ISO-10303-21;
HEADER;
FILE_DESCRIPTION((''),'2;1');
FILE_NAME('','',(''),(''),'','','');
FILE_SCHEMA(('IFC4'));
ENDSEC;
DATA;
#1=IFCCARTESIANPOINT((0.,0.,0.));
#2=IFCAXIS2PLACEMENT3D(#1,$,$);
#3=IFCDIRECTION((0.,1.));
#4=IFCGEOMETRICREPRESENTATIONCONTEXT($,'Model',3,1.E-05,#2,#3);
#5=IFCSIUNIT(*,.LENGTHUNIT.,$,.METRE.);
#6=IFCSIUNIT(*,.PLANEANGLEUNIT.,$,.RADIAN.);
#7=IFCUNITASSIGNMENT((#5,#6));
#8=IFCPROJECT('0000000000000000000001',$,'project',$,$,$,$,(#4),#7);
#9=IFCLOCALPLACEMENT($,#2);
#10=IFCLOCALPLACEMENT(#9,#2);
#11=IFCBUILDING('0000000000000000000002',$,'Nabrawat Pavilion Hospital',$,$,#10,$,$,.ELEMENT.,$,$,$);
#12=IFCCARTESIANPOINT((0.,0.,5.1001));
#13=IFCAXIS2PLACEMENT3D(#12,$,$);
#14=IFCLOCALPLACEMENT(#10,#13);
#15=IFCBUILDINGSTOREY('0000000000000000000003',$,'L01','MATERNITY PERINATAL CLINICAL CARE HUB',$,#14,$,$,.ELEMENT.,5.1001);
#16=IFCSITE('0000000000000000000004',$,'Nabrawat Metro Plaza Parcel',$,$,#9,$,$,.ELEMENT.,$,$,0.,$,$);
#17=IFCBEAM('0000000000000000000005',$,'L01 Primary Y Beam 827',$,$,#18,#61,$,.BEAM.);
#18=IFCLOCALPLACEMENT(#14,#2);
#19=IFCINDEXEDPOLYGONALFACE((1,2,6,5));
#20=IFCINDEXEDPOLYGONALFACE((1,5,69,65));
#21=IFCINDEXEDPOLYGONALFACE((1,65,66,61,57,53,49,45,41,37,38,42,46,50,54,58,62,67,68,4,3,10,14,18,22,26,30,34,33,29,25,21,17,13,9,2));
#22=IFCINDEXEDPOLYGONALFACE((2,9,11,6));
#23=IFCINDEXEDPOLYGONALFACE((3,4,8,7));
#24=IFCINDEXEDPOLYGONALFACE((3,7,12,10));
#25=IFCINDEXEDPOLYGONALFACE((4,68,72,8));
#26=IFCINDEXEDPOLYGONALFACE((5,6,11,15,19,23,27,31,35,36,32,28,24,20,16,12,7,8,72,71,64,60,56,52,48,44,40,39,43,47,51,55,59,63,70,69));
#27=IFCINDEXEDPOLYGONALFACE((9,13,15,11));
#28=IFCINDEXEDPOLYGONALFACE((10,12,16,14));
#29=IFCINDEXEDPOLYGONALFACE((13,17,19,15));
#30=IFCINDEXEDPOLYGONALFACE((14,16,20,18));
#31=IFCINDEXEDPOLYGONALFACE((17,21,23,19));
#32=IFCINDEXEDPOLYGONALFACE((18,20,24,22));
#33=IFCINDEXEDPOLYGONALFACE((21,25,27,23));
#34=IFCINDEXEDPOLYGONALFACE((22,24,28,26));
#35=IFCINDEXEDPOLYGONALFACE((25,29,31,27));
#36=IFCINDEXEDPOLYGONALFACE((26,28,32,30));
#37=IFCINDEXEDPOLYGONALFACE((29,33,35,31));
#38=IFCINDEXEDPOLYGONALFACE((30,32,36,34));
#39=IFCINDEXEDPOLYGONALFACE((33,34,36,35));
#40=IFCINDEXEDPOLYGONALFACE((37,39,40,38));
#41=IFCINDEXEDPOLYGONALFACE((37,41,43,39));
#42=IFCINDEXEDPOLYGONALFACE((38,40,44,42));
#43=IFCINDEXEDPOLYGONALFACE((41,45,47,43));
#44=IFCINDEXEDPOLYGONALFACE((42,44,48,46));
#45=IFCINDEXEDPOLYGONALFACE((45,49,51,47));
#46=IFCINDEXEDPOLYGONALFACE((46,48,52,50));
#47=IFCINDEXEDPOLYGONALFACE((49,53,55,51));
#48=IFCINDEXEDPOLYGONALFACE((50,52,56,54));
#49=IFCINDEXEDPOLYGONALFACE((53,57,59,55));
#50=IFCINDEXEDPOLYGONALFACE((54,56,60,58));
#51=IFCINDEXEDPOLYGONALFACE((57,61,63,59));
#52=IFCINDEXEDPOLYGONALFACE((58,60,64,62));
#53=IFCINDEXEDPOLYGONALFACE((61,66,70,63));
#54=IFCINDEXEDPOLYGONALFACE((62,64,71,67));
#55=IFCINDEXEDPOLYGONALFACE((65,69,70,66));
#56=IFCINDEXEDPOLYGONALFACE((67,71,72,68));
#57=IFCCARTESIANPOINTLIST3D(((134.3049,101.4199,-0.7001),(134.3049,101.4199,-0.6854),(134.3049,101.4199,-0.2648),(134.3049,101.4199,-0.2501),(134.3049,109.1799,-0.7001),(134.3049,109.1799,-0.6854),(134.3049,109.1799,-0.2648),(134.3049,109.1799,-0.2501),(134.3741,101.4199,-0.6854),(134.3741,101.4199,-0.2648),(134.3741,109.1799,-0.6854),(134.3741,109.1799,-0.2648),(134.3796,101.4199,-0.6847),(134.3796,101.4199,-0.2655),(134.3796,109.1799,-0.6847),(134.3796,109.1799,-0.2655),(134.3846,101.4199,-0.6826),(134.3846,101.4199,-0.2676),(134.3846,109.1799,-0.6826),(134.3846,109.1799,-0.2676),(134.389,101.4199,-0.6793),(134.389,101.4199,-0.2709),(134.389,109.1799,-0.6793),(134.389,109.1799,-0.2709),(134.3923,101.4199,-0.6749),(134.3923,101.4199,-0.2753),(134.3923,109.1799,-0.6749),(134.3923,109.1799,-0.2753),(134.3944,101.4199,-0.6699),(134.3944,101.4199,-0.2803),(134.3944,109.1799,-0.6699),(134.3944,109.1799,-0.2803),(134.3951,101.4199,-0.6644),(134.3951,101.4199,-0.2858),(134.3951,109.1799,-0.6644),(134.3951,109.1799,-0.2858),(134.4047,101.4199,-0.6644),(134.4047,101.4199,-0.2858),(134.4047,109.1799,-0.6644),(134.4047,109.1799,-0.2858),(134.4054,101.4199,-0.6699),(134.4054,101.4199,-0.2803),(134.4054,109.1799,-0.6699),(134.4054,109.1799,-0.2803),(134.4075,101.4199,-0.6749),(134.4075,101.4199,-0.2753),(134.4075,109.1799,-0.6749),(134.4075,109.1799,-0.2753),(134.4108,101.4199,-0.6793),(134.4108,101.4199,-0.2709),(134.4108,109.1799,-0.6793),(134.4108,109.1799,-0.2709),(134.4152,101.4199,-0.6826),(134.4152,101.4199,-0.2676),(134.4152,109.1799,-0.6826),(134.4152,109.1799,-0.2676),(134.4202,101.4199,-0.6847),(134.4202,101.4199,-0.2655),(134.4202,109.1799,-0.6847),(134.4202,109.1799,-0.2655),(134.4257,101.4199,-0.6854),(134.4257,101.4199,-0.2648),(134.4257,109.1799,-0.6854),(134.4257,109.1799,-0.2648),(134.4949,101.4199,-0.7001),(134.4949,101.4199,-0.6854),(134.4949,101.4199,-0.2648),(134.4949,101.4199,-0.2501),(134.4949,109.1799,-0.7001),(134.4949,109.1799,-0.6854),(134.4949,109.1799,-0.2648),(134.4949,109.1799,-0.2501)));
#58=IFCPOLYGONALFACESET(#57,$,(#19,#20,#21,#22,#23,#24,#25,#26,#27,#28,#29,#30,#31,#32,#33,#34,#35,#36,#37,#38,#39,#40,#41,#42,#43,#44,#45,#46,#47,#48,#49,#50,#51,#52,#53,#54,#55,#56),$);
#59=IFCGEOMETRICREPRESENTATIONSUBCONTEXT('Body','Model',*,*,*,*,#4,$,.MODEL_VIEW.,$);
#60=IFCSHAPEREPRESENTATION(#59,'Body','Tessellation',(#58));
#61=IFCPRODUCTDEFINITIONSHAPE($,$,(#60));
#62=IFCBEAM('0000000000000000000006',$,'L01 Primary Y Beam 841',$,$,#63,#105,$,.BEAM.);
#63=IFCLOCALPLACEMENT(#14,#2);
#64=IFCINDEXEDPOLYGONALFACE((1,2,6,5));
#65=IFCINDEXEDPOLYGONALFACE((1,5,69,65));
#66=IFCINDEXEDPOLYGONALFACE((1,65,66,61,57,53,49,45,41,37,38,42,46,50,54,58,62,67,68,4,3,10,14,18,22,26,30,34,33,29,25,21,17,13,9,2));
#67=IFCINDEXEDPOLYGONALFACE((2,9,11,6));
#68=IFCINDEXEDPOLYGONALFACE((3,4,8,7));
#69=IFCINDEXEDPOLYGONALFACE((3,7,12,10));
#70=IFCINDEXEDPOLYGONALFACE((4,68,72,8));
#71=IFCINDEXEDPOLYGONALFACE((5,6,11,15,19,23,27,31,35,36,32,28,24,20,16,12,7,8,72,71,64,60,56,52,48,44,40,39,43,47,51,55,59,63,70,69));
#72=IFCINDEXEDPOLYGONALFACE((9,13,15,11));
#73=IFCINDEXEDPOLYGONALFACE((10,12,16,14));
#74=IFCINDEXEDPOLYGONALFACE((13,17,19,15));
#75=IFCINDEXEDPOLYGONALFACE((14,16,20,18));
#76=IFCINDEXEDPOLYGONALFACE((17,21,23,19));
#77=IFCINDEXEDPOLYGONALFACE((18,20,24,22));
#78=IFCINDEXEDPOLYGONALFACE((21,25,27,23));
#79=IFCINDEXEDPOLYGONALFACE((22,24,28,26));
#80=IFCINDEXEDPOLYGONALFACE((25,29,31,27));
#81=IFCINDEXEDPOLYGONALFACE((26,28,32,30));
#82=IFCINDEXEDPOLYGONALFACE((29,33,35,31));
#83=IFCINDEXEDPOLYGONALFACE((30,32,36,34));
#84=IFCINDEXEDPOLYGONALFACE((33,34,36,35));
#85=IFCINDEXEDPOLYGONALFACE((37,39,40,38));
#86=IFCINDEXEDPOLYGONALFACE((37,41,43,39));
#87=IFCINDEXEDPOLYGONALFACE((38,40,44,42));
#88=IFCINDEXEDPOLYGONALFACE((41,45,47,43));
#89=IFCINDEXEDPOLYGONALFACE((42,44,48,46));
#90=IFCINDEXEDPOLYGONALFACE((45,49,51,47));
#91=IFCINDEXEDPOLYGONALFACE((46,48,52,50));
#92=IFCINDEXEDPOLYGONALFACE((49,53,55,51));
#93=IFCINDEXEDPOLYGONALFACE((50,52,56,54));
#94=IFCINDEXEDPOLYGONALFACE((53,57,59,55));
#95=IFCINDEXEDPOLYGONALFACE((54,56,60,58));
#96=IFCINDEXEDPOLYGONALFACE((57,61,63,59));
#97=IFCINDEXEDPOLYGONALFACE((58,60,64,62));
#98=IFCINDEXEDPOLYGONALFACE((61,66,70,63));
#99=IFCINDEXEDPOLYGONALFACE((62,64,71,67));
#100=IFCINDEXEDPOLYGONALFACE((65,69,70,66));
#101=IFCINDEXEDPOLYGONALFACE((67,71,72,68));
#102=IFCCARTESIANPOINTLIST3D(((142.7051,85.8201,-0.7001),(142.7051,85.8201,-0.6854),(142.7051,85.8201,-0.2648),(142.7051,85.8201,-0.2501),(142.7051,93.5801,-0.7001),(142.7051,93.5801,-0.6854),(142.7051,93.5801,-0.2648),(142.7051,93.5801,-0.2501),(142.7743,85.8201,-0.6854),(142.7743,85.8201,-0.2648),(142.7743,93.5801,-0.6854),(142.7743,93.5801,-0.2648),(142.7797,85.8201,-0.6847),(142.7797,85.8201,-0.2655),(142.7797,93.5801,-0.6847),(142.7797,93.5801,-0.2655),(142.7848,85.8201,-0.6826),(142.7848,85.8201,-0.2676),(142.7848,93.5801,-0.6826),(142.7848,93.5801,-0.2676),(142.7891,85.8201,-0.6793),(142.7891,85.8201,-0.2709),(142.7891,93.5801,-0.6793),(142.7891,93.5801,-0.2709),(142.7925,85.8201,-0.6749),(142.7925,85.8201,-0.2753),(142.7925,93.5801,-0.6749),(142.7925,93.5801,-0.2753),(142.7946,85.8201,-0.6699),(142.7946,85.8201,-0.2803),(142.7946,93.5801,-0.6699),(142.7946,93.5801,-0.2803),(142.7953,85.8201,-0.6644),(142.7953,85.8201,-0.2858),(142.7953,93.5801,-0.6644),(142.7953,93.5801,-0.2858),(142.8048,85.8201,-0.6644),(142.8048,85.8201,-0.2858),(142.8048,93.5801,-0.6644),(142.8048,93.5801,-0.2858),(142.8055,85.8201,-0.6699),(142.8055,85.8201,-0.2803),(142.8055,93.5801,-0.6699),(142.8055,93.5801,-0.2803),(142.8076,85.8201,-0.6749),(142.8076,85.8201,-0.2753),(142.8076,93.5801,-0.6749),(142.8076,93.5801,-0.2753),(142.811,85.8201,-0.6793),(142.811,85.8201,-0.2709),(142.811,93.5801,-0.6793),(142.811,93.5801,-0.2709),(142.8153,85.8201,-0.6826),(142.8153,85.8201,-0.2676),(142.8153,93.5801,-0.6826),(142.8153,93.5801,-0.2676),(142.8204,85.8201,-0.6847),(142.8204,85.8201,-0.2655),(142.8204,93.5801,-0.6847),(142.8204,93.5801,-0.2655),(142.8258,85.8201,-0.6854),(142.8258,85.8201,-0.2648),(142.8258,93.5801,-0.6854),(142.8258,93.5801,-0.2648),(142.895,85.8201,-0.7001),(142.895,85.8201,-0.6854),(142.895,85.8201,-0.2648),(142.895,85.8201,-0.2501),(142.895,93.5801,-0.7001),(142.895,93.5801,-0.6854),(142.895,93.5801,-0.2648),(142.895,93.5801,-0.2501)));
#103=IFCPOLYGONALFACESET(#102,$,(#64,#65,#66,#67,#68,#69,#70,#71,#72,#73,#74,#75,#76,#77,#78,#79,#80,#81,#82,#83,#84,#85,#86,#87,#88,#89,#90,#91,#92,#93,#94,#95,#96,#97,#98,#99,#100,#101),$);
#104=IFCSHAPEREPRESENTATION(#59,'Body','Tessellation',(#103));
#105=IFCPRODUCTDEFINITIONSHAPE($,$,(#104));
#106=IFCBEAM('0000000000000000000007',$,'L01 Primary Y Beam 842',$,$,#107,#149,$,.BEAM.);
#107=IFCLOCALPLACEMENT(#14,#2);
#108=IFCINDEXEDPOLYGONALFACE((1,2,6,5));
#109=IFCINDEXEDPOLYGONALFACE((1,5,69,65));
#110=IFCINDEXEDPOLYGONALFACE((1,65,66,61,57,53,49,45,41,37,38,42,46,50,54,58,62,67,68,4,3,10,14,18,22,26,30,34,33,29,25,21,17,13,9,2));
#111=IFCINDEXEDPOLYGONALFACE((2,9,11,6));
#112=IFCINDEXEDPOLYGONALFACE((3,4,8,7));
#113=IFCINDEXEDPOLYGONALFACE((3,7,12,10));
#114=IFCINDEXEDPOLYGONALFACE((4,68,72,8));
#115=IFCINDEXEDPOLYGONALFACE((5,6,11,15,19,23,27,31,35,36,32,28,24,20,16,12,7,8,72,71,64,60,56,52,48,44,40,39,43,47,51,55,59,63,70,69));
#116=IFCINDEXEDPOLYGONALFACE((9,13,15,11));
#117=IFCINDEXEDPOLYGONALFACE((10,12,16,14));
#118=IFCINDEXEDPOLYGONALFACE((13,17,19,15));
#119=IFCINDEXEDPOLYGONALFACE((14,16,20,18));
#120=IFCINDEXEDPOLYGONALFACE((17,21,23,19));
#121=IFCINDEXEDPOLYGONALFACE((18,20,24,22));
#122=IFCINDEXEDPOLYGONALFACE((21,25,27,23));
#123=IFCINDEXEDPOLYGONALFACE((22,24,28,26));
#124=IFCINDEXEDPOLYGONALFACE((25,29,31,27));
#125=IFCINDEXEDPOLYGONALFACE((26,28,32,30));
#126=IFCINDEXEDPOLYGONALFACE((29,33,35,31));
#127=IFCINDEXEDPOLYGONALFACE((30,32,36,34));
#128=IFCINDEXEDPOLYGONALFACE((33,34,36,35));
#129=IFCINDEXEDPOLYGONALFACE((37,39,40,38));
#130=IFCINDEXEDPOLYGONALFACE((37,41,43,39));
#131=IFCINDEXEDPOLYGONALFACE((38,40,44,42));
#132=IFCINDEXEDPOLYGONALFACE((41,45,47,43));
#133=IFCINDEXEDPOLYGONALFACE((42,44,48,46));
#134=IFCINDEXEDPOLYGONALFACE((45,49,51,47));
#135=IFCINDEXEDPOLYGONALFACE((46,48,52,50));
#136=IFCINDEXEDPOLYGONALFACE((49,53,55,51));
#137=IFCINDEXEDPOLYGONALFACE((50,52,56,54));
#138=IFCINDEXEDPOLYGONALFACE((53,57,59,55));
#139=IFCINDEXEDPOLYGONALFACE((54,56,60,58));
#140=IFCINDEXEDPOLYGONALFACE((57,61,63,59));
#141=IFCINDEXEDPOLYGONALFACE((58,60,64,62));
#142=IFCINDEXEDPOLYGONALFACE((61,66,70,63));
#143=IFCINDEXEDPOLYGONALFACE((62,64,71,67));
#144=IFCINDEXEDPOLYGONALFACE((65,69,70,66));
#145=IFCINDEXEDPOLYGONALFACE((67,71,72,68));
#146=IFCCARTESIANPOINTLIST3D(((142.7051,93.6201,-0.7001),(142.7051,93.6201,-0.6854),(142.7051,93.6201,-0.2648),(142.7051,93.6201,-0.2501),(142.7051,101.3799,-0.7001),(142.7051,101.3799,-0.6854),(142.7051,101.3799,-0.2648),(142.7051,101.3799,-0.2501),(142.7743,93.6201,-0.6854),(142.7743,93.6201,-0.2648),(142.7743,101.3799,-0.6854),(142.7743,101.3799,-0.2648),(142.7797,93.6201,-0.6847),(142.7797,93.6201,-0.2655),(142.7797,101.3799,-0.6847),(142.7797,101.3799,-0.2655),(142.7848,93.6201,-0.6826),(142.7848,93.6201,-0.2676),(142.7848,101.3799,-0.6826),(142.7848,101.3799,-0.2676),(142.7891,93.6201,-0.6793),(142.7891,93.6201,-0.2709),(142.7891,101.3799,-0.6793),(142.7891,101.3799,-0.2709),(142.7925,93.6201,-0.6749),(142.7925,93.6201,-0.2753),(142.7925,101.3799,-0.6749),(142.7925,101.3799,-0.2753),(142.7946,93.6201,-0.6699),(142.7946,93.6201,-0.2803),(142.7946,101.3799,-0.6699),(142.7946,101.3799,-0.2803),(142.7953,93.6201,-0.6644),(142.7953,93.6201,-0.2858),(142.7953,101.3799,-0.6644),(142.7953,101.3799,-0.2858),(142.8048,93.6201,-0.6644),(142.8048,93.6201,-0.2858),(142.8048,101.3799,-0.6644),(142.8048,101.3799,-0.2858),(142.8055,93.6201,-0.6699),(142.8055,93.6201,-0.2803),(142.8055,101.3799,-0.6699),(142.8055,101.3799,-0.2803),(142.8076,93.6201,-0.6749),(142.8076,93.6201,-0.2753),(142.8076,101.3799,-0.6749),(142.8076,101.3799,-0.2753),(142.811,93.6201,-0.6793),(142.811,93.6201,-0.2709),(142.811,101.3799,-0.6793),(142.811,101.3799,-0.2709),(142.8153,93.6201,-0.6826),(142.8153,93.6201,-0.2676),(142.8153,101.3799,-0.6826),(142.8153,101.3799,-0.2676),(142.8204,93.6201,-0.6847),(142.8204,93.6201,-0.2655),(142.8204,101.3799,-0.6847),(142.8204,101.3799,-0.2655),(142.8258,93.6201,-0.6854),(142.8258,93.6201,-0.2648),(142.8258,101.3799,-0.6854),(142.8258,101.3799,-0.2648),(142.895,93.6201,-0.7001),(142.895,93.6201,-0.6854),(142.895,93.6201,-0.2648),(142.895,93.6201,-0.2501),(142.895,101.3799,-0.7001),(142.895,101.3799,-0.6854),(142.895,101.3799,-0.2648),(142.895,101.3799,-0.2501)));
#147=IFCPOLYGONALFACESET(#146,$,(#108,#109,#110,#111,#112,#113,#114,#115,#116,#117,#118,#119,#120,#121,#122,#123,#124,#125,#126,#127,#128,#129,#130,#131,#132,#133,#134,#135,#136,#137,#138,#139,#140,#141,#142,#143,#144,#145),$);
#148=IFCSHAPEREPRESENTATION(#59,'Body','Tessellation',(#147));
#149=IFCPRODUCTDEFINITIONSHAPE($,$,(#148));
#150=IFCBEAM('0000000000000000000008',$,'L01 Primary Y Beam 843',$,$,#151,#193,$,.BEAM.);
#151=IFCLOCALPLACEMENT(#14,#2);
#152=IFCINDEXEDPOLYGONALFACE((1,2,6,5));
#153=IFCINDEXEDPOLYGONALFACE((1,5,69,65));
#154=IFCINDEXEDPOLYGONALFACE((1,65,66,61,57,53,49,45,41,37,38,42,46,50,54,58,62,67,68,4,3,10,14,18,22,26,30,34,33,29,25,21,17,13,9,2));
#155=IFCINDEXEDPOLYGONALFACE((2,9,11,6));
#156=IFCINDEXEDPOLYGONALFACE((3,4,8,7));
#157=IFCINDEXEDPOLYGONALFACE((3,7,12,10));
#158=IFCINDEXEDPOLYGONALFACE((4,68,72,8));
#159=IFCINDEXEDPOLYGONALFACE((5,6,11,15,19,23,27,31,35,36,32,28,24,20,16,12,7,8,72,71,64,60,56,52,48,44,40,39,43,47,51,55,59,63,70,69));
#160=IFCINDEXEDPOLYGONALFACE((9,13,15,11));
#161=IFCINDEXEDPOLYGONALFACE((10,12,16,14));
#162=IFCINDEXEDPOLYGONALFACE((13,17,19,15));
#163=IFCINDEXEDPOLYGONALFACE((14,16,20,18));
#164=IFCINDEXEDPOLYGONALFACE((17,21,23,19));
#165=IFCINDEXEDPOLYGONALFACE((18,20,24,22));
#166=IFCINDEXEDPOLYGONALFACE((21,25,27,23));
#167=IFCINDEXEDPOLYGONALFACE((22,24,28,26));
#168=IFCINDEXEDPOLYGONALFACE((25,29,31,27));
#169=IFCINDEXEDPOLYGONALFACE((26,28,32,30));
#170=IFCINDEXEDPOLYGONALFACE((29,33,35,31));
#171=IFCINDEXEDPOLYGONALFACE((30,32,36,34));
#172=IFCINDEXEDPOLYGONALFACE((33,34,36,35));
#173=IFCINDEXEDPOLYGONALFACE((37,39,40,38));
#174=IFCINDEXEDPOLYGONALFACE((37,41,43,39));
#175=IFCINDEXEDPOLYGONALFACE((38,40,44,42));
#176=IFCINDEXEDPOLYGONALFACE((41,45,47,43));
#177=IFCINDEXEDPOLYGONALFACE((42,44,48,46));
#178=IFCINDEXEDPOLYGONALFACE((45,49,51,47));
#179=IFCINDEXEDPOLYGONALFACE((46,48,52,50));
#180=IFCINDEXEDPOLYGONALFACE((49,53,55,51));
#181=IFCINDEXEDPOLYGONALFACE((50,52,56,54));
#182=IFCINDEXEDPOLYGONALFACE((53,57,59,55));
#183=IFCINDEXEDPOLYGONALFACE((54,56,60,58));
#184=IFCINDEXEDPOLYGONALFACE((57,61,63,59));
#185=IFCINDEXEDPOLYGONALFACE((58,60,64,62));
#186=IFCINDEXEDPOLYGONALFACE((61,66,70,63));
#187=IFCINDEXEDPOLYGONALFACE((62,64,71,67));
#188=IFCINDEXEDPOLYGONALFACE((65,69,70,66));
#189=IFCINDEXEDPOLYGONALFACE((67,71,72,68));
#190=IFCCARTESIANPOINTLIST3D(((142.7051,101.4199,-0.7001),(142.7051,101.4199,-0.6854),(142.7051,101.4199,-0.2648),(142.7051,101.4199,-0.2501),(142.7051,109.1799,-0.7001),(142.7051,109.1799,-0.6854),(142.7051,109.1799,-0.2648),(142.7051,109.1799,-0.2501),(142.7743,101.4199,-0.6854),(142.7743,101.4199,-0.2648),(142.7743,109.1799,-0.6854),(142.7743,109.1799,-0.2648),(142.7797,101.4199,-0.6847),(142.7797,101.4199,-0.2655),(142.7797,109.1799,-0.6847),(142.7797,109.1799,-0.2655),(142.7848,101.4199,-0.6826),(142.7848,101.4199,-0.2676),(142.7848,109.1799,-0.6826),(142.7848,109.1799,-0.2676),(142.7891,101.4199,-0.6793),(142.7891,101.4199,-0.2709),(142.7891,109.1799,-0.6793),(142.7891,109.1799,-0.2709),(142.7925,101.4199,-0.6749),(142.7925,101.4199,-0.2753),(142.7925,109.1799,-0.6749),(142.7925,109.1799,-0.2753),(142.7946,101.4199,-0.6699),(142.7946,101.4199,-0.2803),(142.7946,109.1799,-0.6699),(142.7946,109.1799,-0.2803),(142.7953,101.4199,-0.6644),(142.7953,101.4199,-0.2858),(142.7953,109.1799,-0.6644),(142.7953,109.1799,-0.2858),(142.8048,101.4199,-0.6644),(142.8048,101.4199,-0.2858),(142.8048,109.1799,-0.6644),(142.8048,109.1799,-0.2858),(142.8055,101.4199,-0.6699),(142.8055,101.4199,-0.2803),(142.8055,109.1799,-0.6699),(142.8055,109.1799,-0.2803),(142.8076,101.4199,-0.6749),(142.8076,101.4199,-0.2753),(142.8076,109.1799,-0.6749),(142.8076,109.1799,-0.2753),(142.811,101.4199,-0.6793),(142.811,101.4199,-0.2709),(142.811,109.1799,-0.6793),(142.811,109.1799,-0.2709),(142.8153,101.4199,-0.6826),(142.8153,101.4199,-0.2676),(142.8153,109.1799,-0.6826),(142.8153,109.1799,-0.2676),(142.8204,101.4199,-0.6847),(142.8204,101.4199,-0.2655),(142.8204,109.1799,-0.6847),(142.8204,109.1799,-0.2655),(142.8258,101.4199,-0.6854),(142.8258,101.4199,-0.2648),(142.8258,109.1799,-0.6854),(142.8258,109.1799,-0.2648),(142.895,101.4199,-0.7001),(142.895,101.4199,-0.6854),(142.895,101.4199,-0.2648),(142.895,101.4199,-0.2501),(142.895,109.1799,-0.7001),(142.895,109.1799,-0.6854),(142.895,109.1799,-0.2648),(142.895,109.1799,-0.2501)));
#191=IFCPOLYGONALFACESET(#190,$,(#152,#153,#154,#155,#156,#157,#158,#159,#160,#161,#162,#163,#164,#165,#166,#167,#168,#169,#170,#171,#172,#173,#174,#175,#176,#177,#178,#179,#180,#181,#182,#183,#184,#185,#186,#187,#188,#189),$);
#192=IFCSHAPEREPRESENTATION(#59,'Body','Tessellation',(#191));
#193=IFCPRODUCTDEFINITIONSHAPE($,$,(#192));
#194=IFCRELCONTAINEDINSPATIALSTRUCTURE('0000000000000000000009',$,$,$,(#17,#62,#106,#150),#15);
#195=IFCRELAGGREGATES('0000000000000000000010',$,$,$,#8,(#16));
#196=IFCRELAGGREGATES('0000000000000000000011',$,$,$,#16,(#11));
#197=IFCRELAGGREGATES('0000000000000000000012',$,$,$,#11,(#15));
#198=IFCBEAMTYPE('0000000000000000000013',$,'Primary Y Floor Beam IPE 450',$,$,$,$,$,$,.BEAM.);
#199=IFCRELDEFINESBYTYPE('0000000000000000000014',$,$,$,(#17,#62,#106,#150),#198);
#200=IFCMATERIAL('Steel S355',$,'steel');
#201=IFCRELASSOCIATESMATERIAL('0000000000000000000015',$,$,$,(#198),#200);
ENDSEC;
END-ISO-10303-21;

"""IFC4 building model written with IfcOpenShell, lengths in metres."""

from ifc_helpers import new_model, si_unit, direction, frame, origin, origin_2d, place, context, subcontext, project, spatial, i_section, extrude, material, material_profile, profile_set, type_object, element, save


model = new_model("IFC4")

# Units and contexts
model_context = context("Model", 3, precision=1e-05, world=origin(), true_north=direction((0.0, 1.0)))
body_context = subcontext(model_context, "Body", "Model", "MODEL_VIEW")
ifc_project = project(units=[si_unit("LENGTHUNIT", "METRE"), si_unit("PLANEANGLEUNIT", "RADIAN")], contexts=[model_context])

# Site, building, storey
site_placement = place(None, origin())
site = spatial("IfcSite", under=ifc_project, at=site_placement, Name="Nabrawat Metro Plaza Parcel", CompositionType="ELEMENT", RefElevation=0.0)
building_placement = place(site_placement, origin())
building = spatial("IfcBuilding", under=site, at=building_placement, Name="Nabrawat Pavilion Hospital", CompositionType="ELEMENT")
storey_placement = place(building_placement, frame((0.0, 0.0, 5.1001)))
storey = spatial("IfcBuildingStorey", under=building, at=storey_placement, Name="L01", Description="MATERNITY PERINATAL CLINICAL CARE HUB", CompositionType="ELEMENT", Elevation=5.1001)

# Shared definitions
ifc_material_1 = material(Name="Steel S355", Category="steel")

# Beams
ifc_material_profile_1 = material_profile(ifc_material_1, i_section(OverallWidth=0.1899, OverallDepth=0.45, WebThickness=0.0095, FlangeThickness=0.0146, FilletRadius=0.021, at=origin_2d()), Name="IPE 450")
ifc_profile_set_1 = profile_set([ifc_material_profile_1], Name="Steel S355")
beam_type_1 = type_object("IfcBeamType", Name="Primary Y Floor Beam IPE 450", PredefinedType="BEAM", material=ifc_profile_set_1)
for number, where, z_axis, x_axis, name in (
    (1, (134.3999, 101.4199, -0.4751), (0.0, 1.0, 0.0), (-1.0, 0.0, 0.0), "L01 Primary Y Beam 827"),
    (2, (142.8, 85.8201, -0.4751), (0.0, 1.0, 0.0), (-1.0, 0.0, 0.0), "L01 Primary Y Beam 841"),
):
    element("IfcBeam", number, at=place(storey_placement, frame(where, z_axis=z_axis, x_axis=x_axis)), inside=storey, type_object=beam_type_1, Name=name, PredefinedType="BEAM", context=body_context, shape_type="SweptSolid", body=[
        extrude(i_section(OverallWidth=0.1899, OverallDepth=0.45, WebThickness=0.0095, FlangeThickness=0.0146, FilletRadius=0.021, at=origin_2d()), origin(), (0.0, 0.0, 1.0), 7.76),
    ])
beam_1_placement = place(storey_placement, frame((142.8, 93.6201, -0.4751), z_axis=(0.0, 1.0, 0.0), x_axis=(-1.0, 0.0, 0.0)))
element("IfcBeam", 3, at=beam_1_placement, inside=storey, type_object=beam_type_1, Name="L01 Primary Y Beam 842", PredefinedType="BEAM", context=body_context, shape_type="SweptSolid", body=[
    extrude(i_section(OverallWidth=0.1899, OverallDepth=0.45, WebThickness=0.0095, FlangeThickness=0.0146, FilletRadius=0.021, at=origin_2d()), origin(), (0.0, 0.0, 1.0), 7.7598),
])
for number, where, z_axis, x_axis, name in (
    (4, (142.8, 101.4199, -0.4751), (0.0, 1.0, 0.0), (-1.0, 0.0, 0.0), "L01 Primary Y Beam 843"),
):
    element("IfcBeam", number, at=place(storey_placement, frame(where, z_axis=z_axis, x_axis=x_axis)), inside=storey, type_object=beam_type_1, Name=name, PredefinedType="BEAM", context=body_context, shape_type="SweptSolid", body=[
        extrude(i_section(OverallWidth=0.1899, OverallDepth=0.45, WebThickness=0.0095, FlangeThickness=0.0146, FilletRadius=0.021, at=origin_2d()), origin(), (0.0, 0.0, 1.0), 7.76),
    ])

save(model, "model.ifc")
